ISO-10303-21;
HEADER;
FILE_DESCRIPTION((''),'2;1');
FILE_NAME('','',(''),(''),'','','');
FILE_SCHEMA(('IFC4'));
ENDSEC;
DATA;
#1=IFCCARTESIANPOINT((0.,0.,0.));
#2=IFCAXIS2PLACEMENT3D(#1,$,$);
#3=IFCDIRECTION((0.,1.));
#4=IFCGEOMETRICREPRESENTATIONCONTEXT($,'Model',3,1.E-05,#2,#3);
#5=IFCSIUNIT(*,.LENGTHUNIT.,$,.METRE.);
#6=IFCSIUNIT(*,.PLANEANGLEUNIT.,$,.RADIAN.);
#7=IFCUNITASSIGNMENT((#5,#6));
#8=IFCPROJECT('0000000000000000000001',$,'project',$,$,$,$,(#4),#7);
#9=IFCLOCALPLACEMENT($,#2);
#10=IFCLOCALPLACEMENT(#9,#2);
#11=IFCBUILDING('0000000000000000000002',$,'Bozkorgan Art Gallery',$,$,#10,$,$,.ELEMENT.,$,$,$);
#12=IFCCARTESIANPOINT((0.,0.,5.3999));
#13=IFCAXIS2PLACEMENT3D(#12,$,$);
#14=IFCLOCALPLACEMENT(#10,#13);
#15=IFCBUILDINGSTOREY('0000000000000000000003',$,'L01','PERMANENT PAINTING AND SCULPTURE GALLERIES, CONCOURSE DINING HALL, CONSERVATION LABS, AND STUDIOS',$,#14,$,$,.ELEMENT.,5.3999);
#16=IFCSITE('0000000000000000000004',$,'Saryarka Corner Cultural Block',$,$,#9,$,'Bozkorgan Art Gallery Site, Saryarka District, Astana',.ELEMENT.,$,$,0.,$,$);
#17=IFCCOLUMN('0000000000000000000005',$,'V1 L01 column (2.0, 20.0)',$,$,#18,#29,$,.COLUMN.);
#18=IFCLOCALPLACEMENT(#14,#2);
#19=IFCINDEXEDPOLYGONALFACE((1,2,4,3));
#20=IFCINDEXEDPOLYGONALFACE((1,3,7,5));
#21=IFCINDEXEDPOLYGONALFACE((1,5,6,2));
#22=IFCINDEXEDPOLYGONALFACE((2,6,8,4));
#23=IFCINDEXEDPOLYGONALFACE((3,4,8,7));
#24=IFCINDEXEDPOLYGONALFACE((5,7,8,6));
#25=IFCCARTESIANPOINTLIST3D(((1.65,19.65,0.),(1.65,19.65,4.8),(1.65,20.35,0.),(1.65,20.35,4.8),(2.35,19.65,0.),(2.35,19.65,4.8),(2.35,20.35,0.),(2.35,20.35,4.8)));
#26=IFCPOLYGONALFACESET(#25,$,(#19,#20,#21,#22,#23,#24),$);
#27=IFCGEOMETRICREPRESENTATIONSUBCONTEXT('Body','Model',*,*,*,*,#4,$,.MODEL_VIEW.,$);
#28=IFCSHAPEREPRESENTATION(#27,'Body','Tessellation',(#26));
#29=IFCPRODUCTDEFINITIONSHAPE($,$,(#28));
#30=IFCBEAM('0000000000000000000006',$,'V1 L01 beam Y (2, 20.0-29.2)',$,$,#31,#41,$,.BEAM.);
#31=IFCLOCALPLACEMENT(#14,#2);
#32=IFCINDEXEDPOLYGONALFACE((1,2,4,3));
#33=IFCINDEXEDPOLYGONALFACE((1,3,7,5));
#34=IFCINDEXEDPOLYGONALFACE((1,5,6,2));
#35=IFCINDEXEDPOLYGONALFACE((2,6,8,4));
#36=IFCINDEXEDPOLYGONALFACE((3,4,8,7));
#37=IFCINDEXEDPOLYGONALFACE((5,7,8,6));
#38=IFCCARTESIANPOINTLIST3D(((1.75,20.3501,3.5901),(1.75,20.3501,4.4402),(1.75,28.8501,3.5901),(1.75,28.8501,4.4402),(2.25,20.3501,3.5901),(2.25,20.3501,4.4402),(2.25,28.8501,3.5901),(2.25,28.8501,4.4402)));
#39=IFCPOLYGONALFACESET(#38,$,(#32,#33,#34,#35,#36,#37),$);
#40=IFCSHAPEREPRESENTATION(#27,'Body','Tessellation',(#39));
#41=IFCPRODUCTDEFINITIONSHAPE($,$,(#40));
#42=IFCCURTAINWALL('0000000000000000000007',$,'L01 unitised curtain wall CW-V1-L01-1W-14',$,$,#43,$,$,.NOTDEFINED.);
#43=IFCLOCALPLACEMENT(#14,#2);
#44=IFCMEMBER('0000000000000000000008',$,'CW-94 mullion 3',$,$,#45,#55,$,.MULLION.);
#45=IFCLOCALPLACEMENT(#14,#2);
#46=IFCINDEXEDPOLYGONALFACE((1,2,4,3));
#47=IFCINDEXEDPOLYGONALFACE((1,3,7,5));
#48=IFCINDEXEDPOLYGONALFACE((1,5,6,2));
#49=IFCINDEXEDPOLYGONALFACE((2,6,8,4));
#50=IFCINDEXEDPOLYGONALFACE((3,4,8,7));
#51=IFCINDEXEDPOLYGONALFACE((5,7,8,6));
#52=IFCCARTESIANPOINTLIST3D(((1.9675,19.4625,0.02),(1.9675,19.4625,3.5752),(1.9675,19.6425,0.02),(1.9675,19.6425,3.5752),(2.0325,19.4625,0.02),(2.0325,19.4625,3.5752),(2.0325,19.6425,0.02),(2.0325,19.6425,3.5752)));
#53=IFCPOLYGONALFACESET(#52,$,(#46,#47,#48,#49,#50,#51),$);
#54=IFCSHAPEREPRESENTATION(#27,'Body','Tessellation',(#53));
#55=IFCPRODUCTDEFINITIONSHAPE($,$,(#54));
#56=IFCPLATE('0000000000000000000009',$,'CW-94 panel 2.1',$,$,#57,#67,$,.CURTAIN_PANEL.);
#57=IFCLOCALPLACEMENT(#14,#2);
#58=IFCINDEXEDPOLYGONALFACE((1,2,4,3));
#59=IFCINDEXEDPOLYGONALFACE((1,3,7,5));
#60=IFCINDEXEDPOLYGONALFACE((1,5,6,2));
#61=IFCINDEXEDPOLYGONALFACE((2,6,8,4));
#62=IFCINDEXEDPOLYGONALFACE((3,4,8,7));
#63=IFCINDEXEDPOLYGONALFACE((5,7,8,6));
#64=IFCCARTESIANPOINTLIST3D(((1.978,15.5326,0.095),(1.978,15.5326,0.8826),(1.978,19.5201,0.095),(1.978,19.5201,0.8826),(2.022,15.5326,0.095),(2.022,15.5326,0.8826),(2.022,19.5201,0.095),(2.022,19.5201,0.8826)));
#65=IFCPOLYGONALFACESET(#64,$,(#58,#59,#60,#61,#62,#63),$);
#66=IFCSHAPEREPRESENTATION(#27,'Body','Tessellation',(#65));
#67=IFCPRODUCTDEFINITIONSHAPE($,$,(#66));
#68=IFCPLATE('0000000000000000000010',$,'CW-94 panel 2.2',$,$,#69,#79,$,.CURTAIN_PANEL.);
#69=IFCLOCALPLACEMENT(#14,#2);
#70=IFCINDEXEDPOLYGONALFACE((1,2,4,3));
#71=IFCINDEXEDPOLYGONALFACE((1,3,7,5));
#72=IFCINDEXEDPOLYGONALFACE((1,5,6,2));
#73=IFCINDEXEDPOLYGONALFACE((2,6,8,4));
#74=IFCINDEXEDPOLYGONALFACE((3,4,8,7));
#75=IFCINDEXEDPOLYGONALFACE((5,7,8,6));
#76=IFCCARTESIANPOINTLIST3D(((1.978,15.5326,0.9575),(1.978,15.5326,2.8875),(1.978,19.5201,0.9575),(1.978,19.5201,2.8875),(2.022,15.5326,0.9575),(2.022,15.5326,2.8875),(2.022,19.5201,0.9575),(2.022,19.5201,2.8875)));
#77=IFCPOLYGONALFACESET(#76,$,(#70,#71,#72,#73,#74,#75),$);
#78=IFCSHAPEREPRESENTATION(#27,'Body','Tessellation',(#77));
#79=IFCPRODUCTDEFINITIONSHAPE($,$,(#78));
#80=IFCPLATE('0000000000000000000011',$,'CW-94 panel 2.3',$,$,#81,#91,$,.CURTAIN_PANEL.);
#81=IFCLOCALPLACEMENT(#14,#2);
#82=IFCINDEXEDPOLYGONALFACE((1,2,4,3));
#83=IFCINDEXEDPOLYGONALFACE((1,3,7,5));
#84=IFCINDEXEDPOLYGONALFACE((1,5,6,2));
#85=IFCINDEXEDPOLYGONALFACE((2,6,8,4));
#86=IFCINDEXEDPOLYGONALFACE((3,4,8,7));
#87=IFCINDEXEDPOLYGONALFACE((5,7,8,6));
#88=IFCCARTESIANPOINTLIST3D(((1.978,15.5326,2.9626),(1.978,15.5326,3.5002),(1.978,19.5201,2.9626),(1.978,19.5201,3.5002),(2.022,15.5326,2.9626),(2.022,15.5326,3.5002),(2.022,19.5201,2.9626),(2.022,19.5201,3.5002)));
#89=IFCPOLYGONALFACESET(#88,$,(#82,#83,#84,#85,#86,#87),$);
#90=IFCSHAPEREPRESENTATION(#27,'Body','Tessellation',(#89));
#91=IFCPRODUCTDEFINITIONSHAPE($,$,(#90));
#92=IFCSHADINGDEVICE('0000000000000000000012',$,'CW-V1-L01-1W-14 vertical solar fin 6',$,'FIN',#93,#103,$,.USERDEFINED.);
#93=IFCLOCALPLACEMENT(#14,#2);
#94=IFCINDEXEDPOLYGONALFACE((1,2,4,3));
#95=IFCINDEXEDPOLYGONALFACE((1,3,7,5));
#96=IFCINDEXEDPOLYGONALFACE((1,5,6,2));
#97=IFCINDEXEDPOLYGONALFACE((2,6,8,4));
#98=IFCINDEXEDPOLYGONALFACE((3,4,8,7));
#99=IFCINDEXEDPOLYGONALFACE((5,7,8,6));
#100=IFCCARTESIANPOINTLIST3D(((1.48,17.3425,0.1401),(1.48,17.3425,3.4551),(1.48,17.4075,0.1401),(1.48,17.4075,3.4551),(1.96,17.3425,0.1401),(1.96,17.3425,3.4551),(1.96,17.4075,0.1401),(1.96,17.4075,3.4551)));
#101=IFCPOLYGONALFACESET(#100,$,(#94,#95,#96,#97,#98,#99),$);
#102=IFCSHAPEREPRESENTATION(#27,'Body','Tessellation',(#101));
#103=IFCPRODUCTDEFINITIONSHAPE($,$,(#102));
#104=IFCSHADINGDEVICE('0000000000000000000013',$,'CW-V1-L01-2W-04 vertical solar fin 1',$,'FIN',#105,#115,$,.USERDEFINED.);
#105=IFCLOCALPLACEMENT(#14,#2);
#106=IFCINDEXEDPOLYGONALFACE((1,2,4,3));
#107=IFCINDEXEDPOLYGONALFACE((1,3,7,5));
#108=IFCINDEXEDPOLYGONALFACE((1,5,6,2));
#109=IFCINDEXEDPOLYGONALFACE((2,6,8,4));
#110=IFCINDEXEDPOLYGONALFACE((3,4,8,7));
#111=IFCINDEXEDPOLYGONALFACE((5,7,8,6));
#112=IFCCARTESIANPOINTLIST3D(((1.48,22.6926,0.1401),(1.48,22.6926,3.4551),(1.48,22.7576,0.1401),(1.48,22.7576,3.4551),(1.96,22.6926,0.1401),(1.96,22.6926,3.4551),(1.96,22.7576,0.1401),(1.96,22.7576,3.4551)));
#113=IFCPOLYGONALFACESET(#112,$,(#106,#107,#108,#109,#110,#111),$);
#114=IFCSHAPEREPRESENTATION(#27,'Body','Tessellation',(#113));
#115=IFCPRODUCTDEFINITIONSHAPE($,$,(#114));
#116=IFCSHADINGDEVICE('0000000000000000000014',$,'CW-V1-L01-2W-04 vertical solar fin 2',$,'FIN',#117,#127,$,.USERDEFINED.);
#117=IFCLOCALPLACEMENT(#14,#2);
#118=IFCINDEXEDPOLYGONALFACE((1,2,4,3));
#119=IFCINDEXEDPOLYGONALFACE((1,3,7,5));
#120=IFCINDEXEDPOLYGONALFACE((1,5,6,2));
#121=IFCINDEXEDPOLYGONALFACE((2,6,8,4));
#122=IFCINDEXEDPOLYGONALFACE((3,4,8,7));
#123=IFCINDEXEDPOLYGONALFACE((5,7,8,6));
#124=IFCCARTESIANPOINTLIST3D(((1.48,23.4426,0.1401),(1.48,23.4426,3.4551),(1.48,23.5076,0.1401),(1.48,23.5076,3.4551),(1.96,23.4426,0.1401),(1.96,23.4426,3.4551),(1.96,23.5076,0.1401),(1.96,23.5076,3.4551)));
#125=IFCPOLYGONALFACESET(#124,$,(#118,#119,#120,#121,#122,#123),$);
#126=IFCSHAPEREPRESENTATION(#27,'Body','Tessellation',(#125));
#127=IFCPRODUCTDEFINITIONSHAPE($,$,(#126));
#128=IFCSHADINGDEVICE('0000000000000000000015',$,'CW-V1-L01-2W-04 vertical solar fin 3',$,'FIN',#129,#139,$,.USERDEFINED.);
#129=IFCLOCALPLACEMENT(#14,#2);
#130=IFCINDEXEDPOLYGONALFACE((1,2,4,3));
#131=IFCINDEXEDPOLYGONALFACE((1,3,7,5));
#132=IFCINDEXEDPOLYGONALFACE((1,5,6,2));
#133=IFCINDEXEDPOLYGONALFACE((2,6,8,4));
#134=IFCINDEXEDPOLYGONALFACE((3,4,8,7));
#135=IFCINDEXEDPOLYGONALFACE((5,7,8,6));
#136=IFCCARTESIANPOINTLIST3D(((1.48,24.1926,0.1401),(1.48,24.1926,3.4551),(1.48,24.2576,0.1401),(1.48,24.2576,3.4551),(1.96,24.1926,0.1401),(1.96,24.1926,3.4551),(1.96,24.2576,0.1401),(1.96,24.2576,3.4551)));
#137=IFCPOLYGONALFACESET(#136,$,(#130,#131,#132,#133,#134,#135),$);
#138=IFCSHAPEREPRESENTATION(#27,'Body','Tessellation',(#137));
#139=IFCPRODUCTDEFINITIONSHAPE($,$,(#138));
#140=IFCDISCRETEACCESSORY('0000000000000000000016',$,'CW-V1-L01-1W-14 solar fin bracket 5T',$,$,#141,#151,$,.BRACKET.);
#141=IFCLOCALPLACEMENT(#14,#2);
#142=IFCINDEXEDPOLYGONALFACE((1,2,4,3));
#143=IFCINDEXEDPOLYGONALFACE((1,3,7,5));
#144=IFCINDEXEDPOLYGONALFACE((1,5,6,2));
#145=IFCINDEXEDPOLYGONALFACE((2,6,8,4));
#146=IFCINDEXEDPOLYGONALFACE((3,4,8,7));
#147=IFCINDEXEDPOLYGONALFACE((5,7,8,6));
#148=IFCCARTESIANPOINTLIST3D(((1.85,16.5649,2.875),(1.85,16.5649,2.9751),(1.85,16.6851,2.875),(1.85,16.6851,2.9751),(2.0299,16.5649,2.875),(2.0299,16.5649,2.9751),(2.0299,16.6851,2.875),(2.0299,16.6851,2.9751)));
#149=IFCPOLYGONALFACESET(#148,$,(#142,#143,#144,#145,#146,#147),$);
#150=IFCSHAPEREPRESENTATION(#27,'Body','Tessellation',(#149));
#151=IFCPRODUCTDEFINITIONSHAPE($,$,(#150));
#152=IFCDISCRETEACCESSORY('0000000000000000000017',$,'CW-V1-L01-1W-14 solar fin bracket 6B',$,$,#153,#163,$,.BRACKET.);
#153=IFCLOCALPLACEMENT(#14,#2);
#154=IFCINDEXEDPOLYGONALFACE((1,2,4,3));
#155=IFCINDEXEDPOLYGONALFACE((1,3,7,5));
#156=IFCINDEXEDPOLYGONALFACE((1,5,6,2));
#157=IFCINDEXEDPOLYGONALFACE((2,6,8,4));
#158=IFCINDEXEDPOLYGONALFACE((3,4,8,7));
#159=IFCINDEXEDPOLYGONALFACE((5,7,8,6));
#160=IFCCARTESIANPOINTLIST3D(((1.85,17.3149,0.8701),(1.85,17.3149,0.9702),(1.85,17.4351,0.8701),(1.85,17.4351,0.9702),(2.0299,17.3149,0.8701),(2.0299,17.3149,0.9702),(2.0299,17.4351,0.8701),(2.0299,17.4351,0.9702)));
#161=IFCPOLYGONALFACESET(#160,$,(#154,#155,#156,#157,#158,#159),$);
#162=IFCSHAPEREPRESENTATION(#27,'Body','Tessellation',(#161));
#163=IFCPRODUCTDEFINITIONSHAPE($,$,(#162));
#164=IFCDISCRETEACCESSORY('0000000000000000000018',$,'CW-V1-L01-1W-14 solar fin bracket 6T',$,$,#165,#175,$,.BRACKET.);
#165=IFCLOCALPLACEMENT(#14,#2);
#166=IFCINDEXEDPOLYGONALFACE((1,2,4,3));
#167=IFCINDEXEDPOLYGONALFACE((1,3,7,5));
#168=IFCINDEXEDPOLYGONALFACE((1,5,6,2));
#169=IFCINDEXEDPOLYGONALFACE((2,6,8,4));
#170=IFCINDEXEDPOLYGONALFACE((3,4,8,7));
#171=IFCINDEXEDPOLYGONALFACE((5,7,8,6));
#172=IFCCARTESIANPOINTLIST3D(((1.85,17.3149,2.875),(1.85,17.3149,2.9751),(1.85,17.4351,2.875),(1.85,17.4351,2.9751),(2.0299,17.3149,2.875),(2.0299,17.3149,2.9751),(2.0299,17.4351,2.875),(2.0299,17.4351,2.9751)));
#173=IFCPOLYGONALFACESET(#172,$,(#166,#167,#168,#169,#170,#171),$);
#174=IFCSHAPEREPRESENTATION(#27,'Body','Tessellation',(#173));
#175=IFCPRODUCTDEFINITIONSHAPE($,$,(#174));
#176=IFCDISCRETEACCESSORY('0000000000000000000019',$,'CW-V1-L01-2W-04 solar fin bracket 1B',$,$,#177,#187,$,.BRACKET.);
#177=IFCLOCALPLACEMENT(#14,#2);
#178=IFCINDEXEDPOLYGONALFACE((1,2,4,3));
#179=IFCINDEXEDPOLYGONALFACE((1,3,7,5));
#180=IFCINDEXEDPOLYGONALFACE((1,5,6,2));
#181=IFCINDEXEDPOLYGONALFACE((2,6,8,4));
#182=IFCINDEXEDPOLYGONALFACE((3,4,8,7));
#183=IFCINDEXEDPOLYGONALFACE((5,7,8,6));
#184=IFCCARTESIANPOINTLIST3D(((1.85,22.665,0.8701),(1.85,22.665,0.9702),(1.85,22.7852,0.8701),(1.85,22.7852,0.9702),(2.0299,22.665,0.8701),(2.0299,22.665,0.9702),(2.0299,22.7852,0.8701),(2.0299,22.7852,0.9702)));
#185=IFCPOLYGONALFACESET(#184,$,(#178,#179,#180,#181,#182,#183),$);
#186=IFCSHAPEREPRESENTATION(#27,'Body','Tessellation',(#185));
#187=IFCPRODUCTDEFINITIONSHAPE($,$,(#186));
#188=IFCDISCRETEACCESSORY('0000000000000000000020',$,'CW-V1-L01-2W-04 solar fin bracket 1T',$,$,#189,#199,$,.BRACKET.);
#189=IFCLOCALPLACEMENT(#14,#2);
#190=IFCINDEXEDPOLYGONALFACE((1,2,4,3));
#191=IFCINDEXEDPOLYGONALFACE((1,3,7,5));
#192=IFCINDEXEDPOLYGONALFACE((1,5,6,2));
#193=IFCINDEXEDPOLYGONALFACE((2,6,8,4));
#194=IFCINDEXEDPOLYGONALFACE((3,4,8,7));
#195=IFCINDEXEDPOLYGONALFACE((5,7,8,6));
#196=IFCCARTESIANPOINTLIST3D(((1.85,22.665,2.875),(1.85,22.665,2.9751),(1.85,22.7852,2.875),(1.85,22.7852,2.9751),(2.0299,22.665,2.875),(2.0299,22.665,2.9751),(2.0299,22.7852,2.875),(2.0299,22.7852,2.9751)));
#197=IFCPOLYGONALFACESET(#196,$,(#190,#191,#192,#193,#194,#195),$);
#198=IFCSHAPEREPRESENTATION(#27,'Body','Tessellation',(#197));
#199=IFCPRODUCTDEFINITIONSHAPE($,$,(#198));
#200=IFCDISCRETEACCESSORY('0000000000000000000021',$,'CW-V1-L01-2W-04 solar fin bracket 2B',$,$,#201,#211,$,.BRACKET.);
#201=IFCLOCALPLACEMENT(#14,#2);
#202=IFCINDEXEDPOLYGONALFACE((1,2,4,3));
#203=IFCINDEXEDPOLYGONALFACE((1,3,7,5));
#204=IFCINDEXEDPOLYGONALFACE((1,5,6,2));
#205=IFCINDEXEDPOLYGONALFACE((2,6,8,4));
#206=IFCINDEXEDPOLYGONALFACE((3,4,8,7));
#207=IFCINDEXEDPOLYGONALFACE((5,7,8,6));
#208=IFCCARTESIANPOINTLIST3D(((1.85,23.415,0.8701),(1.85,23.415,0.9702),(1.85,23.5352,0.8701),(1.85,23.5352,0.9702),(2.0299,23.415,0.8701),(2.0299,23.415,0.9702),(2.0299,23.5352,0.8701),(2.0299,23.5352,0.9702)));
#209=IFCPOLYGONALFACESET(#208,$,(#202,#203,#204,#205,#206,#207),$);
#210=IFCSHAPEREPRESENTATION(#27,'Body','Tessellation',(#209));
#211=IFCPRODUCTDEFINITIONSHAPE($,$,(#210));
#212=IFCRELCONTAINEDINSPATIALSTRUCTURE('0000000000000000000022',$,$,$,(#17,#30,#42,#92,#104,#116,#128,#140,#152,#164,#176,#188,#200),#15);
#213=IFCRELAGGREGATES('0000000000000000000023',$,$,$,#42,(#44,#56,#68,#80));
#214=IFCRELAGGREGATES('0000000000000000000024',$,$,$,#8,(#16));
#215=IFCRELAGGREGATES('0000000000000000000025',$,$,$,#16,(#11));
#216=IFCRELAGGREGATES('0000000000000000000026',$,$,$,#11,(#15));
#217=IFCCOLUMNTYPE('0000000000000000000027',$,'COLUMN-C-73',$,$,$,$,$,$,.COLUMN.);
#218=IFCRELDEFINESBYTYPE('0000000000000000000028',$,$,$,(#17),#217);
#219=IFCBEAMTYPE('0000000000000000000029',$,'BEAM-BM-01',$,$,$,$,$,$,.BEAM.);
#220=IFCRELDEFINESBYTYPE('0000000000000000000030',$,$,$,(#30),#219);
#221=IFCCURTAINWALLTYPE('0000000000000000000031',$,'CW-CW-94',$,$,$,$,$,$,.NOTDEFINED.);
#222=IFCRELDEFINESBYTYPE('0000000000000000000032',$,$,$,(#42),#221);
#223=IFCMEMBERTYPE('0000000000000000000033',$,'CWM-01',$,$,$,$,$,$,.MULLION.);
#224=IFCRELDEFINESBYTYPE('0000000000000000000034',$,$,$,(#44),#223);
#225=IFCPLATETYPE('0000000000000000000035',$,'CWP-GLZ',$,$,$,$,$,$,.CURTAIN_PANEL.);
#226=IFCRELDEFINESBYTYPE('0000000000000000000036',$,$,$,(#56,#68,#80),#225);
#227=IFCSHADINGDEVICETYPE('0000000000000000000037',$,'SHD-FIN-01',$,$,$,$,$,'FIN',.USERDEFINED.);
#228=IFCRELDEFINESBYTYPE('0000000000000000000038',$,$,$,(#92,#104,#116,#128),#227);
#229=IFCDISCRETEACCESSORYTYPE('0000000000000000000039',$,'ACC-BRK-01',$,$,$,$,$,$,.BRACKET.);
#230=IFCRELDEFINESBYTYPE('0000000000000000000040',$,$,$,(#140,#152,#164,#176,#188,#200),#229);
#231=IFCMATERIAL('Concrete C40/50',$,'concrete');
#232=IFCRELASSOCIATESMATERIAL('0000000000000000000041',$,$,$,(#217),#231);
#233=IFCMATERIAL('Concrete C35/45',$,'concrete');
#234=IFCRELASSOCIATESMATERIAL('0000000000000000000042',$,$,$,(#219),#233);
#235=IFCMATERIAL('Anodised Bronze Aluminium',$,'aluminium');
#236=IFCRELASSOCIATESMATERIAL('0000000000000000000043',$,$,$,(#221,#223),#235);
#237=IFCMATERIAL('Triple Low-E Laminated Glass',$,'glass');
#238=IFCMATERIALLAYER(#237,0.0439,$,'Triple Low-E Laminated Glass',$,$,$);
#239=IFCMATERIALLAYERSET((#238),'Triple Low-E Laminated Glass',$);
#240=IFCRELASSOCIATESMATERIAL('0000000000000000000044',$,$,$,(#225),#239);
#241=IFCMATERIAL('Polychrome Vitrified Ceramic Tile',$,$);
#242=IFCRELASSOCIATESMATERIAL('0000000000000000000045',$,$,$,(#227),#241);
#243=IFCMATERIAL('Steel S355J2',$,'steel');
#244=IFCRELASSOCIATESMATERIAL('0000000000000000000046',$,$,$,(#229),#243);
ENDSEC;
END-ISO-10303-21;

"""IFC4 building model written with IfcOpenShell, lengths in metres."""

from ifc_helpers import new_model, si_unit, direction, frame, origin, origin_2d, place, context, subcontext, project, spatial, rectangle, extrude, material, layer, layer_set, material_profile, profile_set, type_object, element, aggregate, save


model = new_model("IFC4")

# Units and contexts
model_context = context("Model", 3, precision=1e-05, world=origin(), true_north=direction((0.0, 1.0)))
body_context = subcontext(model_context, "Body", "Model", "MODEL_VIEW")
ifc_project = project(units=[si_unit("LENGTHUNIT", "METRE"), si_unit("PLANEANGLEUNIT", "RADIAN")], contexts=[model_context])

# Site, building, storey
site_placement = place(None, origin())
site = spatial("IfcSite", under=ifc_project, at=site_placement, Name="Saryarka Corner Cultural Block", LongName="Bozkorgan Art Gallery Site, Saryarka District, Astana", CompositionType="ELEMENT", RefElevation=0.0)
building_placement = place(site_placement, origin())
building = spatial("IfcBuilding", under=site, at=building_placement, Name="Bozkorgan Art Gallery", CompositionType="ELEMENT")
storey_placement = place(building_placement, frame((0.0, 0.0, 5.3999)))
storey = spatial("IfcBuildingStorey", under=building, at=storey_placement, Name="L01", Description="PERMANENT PAINTING AND SCULPTURE GALLERIES, CONCOURSE DINING HALL, CONSERVATION LABS, AND STUDIOS", CompositionType="ELEMENT", Elevation=5.3999)

# Column
ifc_material_1 = material(Name="Concrete C40/50", Category="concrete")
ifc_material_profile_1 = material_profile(ifc_material_1, rectangle(XDim=0.7, YDim=0.7, at=origin_2d()), Name="RC 700x700")
ifc_profile_set_1 = profile_set([ifc_material_profile_1], Name="Concrete C40/50")
column_type = type_object("IfcColumnType", Name="COLUMN-C-73", PredefinedType="COLUMN", material=ifc_profile_set_1)
column_placement = place(storey_placement, frame((2.0, 20.0, 0.0), z_axis=(0.0, 0.0, 1.0), x_axis=(1.0, 0.0, 0.0)))
element("IfcColumn", 1, at=column_placement, inside=storey, type_object=column_type, Name="V1 L01 column (2.0, 20.0)", PredefinedType="COLUMN", context=body_context, shape_type="SweptSolid", body=[
    extrude(rectangle(XDim=0.7, YDim=0.7, at=origin_2d()), origin(), (0.0, 0.0, 1.0), 4.8),
])

# Beam
ifc_material_2 = material(Name="Concrete C35/45", Category="concrete")
ifc_material_profile_2 = material_profile(ifc_material_2, rectangle(XDim=0.5, YDim=0.8501, at=origin_2d()), Name="RC 500x850")
ifc_profile_set_2 = profile_set([ifc_material_profile_2], Name="Concrete C35/45")
beam_type = type_object("IfcBeamType", Name="BEAM-BM-01", PredefinedType="BEAM", material=ifc_profile_set_2)
beam_placement = place(storey_placement, frame((2.0, 20.3501, 4.0151), z_axis=(0.0, 1.0, 0.0), x_axis=(-1.0, 0.0, 0.0)))
element("IfcBeam", 2, at=beam_placement, inside=storey, type_object=beam_type, Name="V1 L01 beam Y (2, 20.0-29.2)", PredefinedType="BEAM", context=body_context, shape_type="SweptSolid", body=[
    extrude(rectangle(XDim=0.5, YDim=0.8501, at=origin_2d()), origin(), (0.0, 0.0, 1.0), 8.5),
])

# Curtain wall, member, plates
ifc_material_3 = material(Name="Anodised Bronze Aluminium", Category="aluminium")
curtain_wall_type = type_object("IfcCurtainWallType", Name="CW-CW-94", PredefinedType="NOTDEFINED", material=ifc_material_3)
curtain_wall_placement = place(storey_placement, origin())
curtain_wall = element("IfcCurtainWall", 3, at=curtain_wall_placement, inside=storey, type_object=curtain_wall_type, Name="L01 unitised curtain wall CW-V1-L01-1W-14", PredefinedType="NOTDEFINED")
ifc_material_profile_3 = material_profile(ifc_material_3, rectangle(XDim=0.0649, YDim=0.1799, at=origin_2d()), Name="ALU MULLION 65x180")
ifc_profile_set_3 = profile_set([ifc_material_profile_3], Name="Anodised Bronze Aluminium")
member_type = type_object("IfcMemberType", Name="CWM-01", PredefinedType="MULLION", material=ifc_profile_set_3)
member_placement = place(storey_placement, frame((2.0, 19.5525, 0.02), z_axis=(0.0, 0.0, 1.0), x_axis=(-1.0, 0.0, 0.0)))
member = element("IfcMember", 4, at=member_placement, type_object=member_type, Name="CW-94 mullion 3", PredefinedType="MULLION", context=body_context, shape_type="SweptSolid", body=[
    extrude(rectangle(XDim=0.0649, YDim=0.1799, at=origin_2d()), origin(), (0.0, 0.0, 1.0), 3.5552),
])
ifc_material_4 = material(Name="Triple Low-E Laminated Glass", Category="glass")
ifc_layer = layer(ifc_material_4, 0.0439, Name="Triple Low-E Laminated Glass")
ifc_layer_set = layer_set([ifc_layer], Name="Triple Low-E Laminated Glass")
plate_type = type_object("IfcPlateType", Name="CWP-GLZ", PredefinedType="CURTAIN_PANEL", material=ifc_layer_set)
plate_1_placement = place(storey_placement, frame((2.0, 17.5264, 0.095), z_axis=(0.0, 0.0, 1.0), x_axis=(0.0, 1.0, 0.0)))
plate_1 = element("IfcPlate", 5, at=plate_1_placement, type_object=plate_type, Name="CW-94 panel 2.1", PredefinedType="CURTAIN_PANEL", context=body_context, shape_type="SweptSolid", body=[
    extrude(rectangle(XDim=3.9875, YDim=0.0439, at=origin_2d()), origin(), (0.0, 0.0, 1.0), 0.7876),
])
plate_2_placement = place(storey_placement, frame((2.0, 17.5264, 0.9575), z_axis=(0.0, 0.0, 1.0), x_axis=(0.0, 1.0, 0.0)))
plate_2 = element("IfcPlate", 6, at=plate_2_placement, type_object=plate_type, Name="CW-94 panel 2.2", PredefinedType="CURTAIN_PANEL", context=body_context, shape_type="SweptSolid", body=[
    extrude(rectangle(XDim=3.9875, YDim=0.0439, at=origin_2d()), origin(), (0.0, 0.0, 1.0), 1.9299),
])
plate_3_placement = place(storey_placement, frame((2.0, 17.5264, 2.9626), z_axis=(0.0, 0.0, 1.0), x_axis=(0.0, 1.0, 0.0)))
plate_3 = element("IfcPlate", 7, at=plate_3_placement, type_object=plate_type, Name="CW-94 panel 2.3", PredefinedType="CURTAIN_PANEL", context=body_context, shape_type="SweptSolid", body=[
    extrude(rectangle(XDim=3.9875, YDim=0.0439, at=origin_2d()), origin(), (0.0, 0.0, 1.0), 0.5376),
])
aggregate(curtain_wall, [member, plate_1, plate_2, plate_3])

# Shading devices
ifc_material_5 = material(Name="Polychrome Vitrified Ceramic Tile")
shading_device_type = type_object("IfcShadingDeviceType", Name="SHD-FIN-01", ElementType="FIN", PredefinedType="USERDEFINED", material=ifc_material_5)
for number, where, z_axis, x_axis, name in (
    (8, (1.72, 17.375, 0.1401), (0.0, 0.0, 1.0), (-1.0, 0.0, 0.0), "CW-V1-L01-1W-14 vertical solar fin 6"),
    (9, (1.72, 22.7251, 0.1401), (0.0, 0.0, 1.0), (-1.0, 0.0, 0.0), "CW-V1-L01-2W-04 vertical solar fin 1"),
    (10, (1.72, 23.4751, 0.1401), (0.0, 0.0, 1.0), (-1.0, 0.0, 0.0), "CW-V1-L01-2W-04 vertical solar fin 2"),
    (11, (1.72, 24.2251, 0.1401), (0.0, 0.0, 1.0), (-1.0, 0.0, 0.0), "CW-V1-L01-2W-04 vertical solar fin 3"),
):
    element("IfcShadingDevice", number, at=place(storey_placement, frame(where, z_axis=z_axis, x_axis=x_axis)), inside=storey, type_object=shading_device_type, Name=name, ObjectType="FIN", PredefinedType="USERDEFINED", context=body_context, shape_type="SweptSolid", body=[
        extrude(rectangle(XDim=0.48, YDim=0.0649, at=origin_2d()), origin(), (0.0, 0.0, 1.0), 3.3149),
    ])

# Discrete accessories
ifc_material_6 = material(Name="Steel S355J2", Category="steel")
discrete_accessory_type = type_object("IfcDiscreteAccessoryType", Name="ACC-BRK-01", PredefinedType="BRACKET", material=ifc_material_6)
for number, where, z_axis, x_axis, name in (
    (12, (1.9399, 16.625, 2.875), (0.0, 0.0, 1.0), (-1.0, 0.0, 0.0), "CW-V1-L01-1W-14 solar fin bracket 5T"),
    (13, (1.9399, 17.375, 0.8701), (0.0, 0.0, 1.0), (-1.0, 0.0, 0.0), "CW-V1-L01-1W-14 solar fin bracket 6B"),
    (14, (1.9399, 17.375, 2.875), (0.0, 0.0, 1.0), (-1.0, 0.0, 0.0), "CW-V1-L01-1W-14 solar fin bracket 6T"),
    (15, (1.9399, 22.7251, 0.8701), (0.0, 0.0, 1.0), (-1.0, 0.0, 0.0), "CW-V1-L01-2W-04 solar fin bracket 1B"),
    (16, (1.9399, 22.7251, 2.875), (0.0, 0.0, 1.0), (-1.0, 0.0, 0.0), "CW-V1-L01-2W-04 solar fin bracket 1T"),
    (17, (1.9399, 23.4751, 0.8701), (0.0, 0.0, 1.0), (-1.0, 0.0, 0.0), "CW-V1-L01-2W-04 solar fin bracket 2B"),
):
    element("IfcDiscreteAccessory", number, at=place(storey_placement, frame(where, z_axis=z_axis, x_axis=x_axis)), inside=storey, type_object=discrete_accessory_type, Name=name, PredefinedType="BRACKET", context=body_context, shape_type="SweptSolid", body=[
        extrude(rectangle(XDim=0.1799, YDim=0.1201, at=origin_2d()), origin(), (0.0, 0.0, 1.0), 0.1001),
    ])

save(model, "model.ifc")
